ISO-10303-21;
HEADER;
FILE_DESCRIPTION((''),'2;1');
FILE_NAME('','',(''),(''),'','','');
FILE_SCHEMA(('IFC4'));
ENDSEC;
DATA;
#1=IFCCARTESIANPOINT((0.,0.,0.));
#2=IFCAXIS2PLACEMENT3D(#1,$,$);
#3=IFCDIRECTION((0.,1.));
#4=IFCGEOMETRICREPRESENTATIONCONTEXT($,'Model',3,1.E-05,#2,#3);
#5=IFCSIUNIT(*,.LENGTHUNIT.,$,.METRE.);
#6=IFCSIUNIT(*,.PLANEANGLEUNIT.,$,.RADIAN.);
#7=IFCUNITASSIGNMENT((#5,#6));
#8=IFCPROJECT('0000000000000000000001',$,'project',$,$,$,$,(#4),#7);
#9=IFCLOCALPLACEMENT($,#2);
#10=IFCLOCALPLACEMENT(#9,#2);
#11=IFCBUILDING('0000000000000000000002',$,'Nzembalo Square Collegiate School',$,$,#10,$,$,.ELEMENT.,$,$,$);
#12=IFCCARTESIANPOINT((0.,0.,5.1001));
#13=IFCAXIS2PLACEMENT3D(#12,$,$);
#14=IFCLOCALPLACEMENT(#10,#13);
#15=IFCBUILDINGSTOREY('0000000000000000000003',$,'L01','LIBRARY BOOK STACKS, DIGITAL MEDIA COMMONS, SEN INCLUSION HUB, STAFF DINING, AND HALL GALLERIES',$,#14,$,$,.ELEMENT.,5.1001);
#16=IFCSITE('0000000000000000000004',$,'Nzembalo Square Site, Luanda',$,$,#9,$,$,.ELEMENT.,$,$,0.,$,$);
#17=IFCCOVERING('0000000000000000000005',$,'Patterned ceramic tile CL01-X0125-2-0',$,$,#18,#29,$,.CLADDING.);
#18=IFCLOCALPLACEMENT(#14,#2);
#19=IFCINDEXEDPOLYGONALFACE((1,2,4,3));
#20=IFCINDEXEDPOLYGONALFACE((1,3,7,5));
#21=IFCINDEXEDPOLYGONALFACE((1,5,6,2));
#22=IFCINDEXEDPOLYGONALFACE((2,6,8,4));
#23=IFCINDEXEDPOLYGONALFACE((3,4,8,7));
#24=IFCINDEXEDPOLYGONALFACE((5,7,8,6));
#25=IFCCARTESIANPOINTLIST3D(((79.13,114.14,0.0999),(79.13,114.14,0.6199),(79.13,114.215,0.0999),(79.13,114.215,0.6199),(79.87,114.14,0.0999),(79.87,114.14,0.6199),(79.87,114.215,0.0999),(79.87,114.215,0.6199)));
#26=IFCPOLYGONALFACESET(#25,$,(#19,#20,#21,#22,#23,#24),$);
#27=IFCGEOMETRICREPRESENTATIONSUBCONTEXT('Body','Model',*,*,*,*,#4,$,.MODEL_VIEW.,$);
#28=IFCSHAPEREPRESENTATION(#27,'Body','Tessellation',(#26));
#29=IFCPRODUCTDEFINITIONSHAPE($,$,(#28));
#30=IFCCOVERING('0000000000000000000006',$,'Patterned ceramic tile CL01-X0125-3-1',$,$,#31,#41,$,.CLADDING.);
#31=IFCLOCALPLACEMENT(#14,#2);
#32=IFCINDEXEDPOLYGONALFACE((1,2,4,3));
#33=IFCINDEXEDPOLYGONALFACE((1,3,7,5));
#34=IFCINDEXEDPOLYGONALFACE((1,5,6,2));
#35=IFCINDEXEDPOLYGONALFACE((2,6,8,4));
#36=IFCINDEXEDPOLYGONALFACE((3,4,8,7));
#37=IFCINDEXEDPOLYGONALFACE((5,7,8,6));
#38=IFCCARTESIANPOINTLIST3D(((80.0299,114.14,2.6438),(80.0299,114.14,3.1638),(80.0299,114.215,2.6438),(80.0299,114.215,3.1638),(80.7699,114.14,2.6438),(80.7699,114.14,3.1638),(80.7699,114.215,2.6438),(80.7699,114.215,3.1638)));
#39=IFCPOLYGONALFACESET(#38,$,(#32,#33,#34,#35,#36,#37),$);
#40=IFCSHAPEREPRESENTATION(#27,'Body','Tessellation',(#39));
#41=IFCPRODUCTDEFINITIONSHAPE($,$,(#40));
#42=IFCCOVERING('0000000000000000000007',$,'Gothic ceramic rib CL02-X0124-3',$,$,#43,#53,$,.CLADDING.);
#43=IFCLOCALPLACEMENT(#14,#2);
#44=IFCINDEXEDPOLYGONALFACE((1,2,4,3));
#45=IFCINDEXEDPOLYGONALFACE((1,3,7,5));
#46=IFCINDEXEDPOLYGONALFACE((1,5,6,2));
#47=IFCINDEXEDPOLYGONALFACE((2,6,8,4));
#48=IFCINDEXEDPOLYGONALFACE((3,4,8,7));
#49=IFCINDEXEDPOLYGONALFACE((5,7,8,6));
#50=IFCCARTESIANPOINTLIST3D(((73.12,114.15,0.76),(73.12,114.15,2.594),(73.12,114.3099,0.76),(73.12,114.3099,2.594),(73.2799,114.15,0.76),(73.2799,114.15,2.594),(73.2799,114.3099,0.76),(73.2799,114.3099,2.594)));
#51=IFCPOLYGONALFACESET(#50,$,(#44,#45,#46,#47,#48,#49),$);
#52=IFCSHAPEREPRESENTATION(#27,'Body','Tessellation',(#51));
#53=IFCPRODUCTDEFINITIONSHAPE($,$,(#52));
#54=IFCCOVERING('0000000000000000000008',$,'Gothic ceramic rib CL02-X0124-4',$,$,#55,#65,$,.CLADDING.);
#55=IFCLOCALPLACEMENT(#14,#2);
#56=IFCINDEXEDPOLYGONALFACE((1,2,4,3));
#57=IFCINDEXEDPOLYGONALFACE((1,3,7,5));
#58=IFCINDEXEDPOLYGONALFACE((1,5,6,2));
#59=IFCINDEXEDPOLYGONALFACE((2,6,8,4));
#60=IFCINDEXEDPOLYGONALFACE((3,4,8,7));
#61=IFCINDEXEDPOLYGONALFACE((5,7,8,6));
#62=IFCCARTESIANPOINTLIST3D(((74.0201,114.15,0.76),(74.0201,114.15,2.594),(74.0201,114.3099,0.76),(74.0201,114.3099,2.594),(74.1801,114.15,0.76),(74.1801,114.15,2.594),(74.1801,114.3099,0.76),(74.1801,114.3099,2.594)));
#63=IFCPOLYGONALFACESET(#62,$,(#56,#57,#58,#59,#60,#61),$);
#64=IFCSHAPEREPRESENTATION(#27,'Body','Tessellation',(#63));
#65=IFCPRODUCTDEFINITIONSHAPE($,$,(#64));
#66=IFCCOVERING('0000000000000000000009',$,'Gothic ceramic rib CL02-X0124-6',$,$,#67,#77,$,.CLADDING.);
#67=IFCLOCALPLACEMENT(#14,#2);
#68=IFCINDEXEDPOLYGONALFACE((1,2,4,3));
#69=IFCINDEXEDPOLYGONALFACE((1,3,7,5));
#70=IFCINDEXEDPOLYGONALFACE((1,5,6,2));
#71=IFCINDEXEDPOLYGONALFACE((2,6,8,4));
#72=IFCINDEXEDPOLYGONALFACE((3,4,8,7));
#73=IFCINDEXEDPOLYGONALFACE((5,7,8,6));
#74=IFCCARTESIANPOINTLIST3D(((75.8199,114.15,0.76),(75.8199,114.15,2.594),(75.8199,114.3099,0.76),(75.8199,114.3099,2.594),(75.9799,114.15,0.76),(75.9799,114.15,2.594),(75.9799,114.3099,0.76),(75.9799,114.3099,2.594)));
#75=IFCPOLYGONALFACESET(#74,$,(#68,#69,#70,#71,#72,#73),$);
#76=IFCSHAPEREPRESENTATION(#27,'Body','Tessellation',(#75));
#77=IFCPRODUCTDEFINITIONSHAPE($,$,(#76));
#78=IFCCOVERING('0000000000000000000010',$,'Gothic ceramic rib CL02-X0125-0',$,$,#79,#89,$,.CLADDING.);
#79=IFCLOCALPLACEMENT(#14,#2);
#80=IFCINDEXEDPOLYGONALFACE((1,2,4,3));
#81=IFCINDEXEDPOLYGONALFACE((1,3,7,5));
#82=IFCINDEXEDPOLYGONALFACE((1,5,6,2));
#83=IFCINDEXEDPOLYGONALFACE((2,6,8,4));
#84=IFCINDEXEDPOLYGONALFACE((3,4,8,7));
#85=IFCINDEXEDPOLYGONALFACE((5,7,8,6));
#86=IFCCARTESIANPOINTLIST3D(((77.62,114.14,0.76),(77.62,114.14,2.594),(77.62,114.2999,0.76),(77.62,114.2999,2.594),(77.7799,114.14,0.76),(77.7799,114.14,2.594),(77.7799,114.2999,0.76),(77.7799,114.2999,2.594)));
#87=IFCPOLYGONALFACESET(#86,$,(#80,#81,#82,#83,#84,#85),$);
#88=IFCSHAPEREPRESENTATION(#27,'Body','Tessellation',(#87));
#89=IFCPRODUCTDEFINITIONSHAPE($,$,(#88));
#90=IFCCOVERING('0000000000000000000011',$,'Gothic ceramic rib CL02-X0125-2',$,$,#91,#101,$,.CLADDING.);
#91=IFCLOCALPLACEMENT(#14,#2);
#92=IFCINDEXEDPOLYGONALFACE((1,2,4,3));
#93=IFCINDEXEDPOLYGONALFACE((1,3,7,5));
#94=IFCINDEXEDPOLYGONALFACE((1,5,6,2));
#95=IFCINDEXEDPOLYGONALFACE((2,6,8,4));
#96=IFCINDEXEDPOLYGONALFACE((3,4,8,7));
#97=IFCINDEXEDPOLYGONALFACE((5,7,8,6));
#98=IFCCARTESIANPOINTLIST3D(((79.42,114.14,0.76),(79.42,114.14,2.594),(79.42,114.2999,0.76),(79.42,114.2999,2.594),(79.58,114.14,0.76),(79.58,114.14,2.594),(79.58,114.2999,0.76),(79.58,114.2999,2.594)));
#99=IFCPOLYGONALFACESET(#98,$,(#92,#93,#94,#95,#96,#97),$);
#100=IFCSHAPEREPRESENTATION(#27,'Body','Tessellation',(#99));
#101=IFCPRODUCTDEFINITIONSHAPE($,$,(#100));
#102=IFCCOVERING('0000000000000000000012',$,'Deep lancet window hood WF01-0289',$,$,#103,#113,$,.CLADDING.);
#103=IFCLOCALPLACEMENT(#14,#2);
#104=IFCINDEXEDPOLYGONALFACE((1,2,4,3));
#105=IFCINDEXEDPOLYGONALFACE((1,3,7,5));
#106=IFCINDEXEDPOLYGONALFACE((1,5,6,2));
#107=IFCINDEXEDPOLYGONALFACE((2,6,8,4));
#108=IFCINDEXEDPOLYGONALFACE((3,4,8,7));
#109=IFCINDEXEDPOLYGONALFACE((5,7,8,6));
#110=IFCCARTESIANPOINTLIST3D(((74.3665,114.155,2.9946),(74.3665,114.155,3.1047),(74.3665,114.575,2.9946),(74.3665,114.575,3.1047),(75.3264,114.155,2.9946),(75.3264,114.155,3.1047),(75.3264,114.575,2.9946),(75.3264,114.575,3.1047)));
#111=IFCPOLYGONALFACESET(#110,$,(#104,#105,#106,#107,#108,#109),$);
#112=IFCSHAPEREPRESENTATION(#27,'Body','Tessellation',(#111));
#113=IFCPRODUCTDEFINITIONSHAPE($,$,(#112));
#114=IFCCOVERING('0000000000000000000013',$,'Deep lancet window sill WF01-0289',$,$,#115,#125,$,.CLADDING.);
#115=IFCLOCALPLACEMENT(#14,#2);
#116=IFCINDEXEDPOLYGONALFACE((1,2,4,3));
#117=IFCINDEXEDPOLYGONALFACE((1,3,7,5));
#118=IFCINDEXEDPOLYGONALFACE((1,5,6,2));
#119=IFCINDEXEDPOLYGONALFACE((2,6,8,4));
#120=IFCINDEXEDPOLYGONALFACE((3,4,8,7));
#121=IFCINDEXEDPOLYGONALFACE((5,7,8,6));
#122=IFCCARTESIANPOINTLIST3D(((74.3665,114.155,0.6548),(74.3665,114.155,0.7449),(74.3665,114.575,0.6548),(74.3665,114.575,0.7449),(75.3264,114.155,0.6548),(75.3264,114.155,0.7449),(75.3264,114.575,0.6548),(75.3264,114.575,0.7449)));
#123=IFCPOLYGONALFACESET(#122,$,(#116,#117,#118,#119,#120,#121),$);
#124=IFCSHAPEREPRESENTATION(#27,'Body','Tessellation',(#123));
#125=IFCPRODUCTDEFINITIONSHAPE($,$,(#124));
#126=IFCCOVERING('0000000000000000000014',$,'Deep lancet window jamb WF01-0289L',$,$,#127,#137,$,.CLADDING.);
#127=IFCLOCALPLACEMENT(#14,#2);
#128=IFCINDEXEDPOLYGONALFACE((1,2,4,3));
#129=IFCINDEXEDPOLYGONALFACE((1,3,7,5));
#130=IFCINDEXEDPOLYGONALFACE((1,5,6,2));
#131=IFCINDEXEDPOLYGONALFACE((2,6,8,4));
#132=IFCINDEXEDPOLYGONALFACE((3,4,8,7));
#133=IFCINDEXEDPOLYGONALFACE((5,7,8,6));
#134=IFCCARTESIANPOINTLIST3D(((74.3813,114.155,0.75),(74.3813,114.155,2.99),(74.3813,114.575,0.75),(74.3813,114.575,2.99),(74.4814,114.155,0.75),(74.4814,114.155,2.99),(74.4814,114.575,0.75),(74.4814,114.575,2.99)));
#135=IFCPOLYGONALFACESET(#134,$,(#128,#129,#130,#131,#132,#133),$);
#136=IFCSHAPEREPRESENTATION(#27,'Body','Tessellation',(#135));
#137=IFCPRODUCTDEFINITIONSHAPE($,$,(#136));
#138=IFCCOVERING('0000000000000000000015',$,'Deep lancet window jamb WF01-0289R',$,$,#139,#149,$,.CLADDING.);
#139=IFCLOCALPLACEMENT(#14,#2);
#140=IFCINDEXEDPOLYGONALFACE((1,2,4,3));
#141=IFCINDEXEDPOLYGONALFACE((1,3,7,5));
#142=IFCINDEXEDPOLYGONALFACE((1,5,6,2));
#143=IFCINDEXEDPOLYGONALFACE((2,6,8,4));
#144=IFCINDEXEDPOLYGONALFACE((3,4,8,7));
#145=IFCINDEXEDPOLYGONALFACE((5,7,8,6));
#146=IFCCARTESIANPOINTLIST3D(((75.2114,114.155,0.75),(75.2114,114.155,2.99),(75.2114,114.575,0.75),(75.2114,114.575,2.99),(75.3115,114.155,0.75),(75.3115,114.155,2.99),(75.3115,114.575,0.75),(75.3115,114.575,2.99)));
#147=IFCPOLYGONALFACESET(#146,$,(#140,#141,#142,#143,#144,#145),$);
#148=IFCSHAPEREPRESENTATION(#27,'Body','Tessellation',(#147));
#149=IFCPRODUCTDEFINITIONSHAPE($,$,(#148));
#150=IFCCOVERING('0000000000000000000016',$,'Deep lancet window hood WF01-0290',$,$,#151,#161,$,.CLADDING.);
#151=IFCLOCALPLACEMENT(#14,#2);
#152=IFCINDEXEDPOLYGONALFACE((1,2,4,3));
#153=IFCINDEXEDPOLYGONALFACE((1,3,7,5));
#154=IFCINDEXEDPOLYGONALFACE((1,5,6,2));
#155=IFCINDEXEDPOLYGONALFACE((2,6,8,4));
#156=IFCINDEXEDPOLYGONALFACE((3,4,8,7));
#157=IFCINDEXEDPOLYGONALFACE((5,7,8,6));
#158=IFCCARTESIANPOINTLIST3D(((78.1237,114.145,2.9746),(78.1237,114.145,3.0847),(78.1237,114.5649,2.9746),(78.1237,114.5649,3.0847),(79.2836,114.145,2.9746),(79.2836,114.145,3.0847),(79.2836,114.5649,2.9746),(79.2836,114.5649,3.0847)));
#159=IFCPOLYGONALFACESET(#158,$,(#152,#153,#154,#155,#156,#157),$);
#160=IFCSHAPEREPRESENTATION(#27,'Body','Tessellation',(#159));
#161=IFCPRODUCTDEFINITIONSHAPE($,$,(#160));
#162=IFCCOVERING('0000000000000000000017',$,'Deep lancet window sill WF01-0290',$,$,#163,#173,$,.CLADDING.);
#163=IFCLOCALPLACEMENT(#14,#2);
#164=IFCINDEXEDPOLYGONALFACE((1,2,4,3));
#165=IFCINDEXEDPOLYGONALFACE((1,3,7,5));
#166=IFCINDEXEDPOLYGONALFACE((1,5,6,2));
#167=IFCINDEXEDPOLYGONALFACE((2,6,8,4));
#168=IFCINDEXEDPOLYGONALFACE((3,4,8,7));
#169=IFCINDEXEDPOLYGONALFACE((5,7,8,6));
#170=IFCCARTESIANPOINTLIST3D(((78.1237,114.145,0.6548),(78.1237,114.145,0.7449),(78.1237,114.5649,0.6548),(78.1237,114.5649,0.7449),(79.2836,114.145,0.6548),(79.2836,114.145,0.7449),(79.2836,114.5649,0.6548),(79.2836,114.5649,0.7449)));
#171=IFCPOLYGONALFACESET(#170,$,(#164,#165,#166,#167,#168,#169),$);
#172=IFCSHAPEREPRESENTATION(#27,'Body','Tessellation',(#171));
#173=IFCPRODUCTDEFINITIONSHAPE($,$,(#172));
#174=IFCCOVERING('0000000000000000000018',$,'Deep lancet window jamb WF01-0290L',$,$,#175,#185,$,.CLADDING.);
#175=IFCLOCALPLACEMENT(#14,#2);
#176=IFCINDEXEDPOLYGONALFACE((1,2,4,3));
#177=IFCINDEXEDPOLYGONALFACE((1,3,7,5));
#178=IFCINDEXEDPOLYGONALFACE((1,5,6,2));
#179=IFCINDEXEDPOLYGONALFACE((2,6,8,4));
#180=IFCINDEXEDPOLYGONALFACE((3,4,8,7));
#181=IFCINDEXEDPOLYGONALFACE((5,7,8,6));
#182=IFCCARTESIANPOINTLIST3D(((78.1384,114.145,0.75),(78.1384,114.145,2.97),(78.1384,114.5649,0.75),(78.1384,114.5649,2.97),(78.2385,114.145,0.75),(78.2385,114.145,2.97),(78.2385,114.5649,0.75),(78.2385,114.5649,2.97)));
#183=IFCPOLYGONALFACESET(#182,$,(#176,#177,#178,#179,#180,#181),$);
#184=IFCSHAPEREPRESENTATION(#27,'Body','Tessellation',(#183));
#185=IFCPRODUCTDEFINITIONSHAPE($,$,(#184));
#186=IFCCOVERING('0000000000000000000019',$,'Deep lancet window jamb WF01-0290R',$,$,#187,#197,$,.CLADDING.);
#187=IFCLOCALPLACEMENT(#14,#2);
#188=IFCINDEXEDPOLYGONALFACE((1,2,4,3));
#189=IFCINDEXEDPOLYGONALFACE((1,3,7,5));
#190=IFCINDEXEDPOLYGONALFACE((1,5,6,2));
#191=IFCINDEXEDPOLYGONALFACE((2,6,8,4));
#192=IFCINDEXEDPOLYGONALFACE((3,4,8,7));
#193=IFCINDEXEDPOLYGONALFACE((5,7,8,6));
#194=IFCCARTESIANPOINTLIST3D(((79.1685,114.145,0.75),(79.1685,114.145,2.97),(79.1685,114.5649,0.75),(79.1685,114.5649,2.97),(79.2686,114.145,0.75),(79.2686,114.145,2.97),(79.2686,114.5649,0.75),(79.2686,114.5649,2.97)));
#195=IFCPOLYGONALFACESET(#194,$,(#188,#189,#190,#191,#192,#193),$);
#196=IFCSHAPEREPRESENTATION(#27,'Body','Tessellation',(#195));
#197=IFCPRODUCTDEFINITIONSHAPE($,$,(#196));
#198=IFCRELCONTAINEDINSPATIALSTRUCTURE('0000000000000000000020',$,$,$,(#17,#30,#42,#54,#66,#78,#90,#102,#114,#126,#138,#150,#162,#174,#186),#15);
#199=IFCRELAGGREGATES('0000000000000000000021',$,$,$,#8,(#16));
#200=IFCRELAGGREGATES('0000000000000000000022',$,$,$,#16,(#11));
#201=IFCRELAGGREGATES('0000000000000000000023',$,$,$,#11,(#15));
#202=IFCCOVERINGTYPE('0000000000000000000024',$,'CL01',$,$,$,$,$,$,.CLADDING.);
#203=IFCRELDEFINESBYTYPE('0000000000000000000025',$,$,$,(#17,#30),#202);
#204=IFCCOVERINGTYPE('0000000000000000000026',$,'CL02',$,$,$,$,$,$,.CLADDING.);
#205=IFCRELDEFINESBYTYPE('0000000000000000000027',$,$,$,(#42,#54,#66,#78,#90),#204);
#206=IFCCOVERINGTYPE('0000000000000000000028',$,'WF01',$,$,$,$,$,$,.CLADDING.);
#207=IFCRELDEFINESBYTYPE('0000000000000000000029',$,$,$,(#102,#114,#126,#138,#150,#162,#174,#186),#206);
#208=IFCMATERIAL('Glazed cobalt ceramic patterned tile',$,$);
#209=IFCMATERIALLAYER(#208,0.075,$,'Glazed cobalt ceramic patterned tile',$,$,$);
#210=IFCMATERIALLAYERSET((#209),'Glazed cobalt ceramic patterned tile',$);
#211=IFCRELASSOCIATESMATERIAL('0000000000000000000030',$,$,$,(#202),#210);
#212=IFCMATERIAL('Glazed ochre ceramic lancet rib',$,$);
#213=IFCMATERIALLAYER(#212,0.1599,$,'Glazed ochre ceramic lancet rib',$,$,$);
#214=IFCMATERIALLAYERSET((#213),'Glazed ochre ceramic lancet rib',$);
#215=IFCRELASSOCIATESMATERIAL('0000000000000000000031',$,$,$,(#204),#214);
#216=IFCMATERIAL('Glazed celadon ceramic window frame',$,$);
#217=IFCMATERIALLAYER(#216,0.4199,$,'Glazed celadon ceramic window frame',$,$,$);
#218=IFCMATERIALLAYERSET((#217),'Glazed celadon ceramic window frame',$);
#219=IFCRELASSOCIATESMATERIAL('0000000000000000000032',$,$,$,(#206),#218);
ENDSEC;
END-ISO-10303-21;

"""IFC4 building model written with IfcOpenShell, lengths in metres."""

from ifc_helpers import new_model, si_unit, direction, frame, origin, origin_2d, place, context, subcontext, project, spatial, rectangle, extrude, material, layer, layer_set, type_object, element, save


model = new_model("IFC4")

# Units and contexts
model_context = context("Model", 3, precision=1e-05, world=origin(), true_north=direction((0.0, 1.0)))
body_context = subcontext(model_context, "Body", "Model", "MODEL_VIEW")
ifc_project = project(units=[si_unit("LENGTHUNIT", "METRE"), si_unit("PLANEANGLEUNIT", "RADIAN")], contexts=[model_context])

# Site, building, storey
site_placement = place(None, origin())
site = spatial("IfcSite", under=ifc_project, at=site_placement, Name="Nzembalo Square Site, Luanda", CompositionType="ELEMENT", RefElevation=0.0)
building_placement = place(site_placement, origin())
building = spatial("IfcBuilding", under=site, at=building_placement, Name="Nzembalo Square Collegiate School", CompositionType="ELEMENT")
storey_placement = place(building_placement, frame((0.0, 0.0, 5.1001)))
storey = spatial("IfcBuildingStorey", under=building, at=storey_placement, Name="L01", Description="LIBRARY BOOK STACKS, DIGITAL MEDIA COMMONS, SEN INCLUSION HUB, STAFF DINING, AND HALL GALLERIES", CompositionType="ELEMENT", Elevation=5.1001)

# Coverings
ifc_material_1 = material(Name="Glazed cobalt ceramic patterned tile")
ifc_layer_1 = layer(ifc_material_1, 0.075, Name="Glazed cobalt ceramic patterned tile")
ifc_layer_set_1 = layer_set([ifc_layer_1], Name="Glazed cobalt ceramic patterned tile")
covering_type_1 = type_object("IfcCoveringType", Name="CL01", PredefinedType="CLADDING", material=ifc_layer_set_1)
for number, where, z_axis, x_axis, name in (
    (1, (79.5, 114.1775, 0.0999), (0.0, 0.0, 1.0), (1.0, 0.0, 0.0), "Patterned ceramic tile CL01-X0125-2-0"),
    (2, (80.3999, 114.1775, 2.6438), (0.0, 0.0, 1.0), (1.0, 0.0, 0.0), "Patterned ceramic tile CL01-X0125-3-1"),
):
    element("IfcCovering", number, at=place(storey_placement, frame(where, z_axis=z_axis, x_axis=x_axis)), inside=storey, type_object=covering_type_1, Name=name, PredefinedType="CLADDING", context=body_context, shape_type="SweptSolid", body=[
        extrude(rectangle(XDim=0.74, YDim=0.075, at=origin_2d()), origin(), (0.0, 0.0, 1.0), 0.52),
    ])
ifc_material_2 = material(Name="Glazed ochre ceramic lancet rib")
ifc_layer_2 = layer(ifc_material_2, 0.1599, Name="Glazed ochre ceramic lancet rib")
ifc_layer_set_2 = layer_set([ifc_layer_2], Name="Glazed ochre ceramic lancet rib")
covering_type_2 = type_object("IfcCoveringType", Name="CL02", PredefinedType="CLADDING", material=ifc_layer_set_2)
for number, where, z_axis, x_axis, name in (
    (3, (73.2, 114.23, 0.76), (0.0, 0.0, 1.0), (1.0, 0.0, 0.0), "Gothic ceramic rib CL02-X0124-3"),
    (4, (74.1001, 114.23, 0.76), (0.0, 0.0, 1.0), (1.0, 0.0, 0.0), "Gothic ceramic rib CL02-X0124-4"),
    (5, (75.8999, 114.23, 0.76), (0.0, 0.0, 1.0), (1.0, 0.0, 0.0), "Gothic ceramic rib CL02-X0124-6"),
    (6, (77.7, 114.22, 0.76), (0.0, 0.0, 1.0), (1.0, 0.0, 0.0), "Gothic ceramic rib CL02-X0125-0"),
    (7, (79.5, 114.22, 0.76), (0.0, 0.0, 1.0), (1.0, 0.0, 0.0), "Gothic ceramic rib CL02-X0125-2"),
):
    element("IfcCovering", number, at=place(storey_placement, frame(where, z_axis=z_axis, x_axis=x_axis)), inside=storey, type_object=covering_type_2, Name=name, PredefinedType="CLADDING", context=body_context, shape_type="SweptSolid", body=[
        extrude(rectangle(XDim=0.1599, YDim=0.1599, at=origin_2d()), origin(), (0.0, 0.0, 1.0), 1.834),
    ])
ifc_material_3 = material(Name="Glazed celadon ceramic window frame")
ifc_layer_3 = layer(ifc_material_3, 0.4199, Name="Glazed celadon ceramic window frame")
ifc_layer_set_3 = layer_set([ifc_layer_3], Name="Glazed celadon ceramic window frame")
covering_type_3 = type_object("IfcCoveringType", Name="WF01", PredefinedType="CLADDING", material=ifc_layer_set_3)
covering_1_placement = place(storey_placement, frame((74.8464, 114.365, 2.9946), z_axis=(0.0, 0.0, 1.0), x_axis=(1.0, 0.0, 0.0)))
element("IfcCovering", 8, at=covering_1_placement, inside=storey, type_object=covering_type_3, Name="Deep lancet window hood WF01-0289", PredefinedType="CLADDING", context=body_context, shape_type="SweptSolid", body=[
    extrude(rectangle(XDim=0.96, YDim=0.4199, at=origin_2d()), origin(), (0.0, 0.0, 1.0), 0.1101),
])
covering_2_placement = place(storey_placement, frame((74.8464, 114.365, 0.6548), z_axis=(0.0, 0.0, 1.0), x_axis=(1.0, 0.0, 0.0)))
element("IfcCovering", 9, at=covering_2_placement, inside=storey, type_object=covering_type_3, Name="Deep lancet window sill WF01-0289", PredefinedType="CLADDING", context=body_context, shape_type="SweptSolid", body=[
    extrude(rectangle(XDim=0.96, YDim=0.4199, at=origin_2d()), origin(), (0.0, 0.0, 1.0), 0.0901),
])
for number, where, z_axis, x_axis, name in (
    (10, (74.4314, 114.365, 0.75), (0.0, 0.0, 1.0), (1.0, 0.0, 0.0), "Deep lancet window jamb WF01-0289L"),
    (11, (75.2615, 114.365, 0.75), (0.0, 0.0, 1.0), (1.0, 0.0, 0.0), "Deep lancet window jamb WF01-0289R"),
):
    element("IfcCovering", number, at=place(storey_placement, frame(where, z_axis=z_axis, x_axis=x_axis)), inside=storey, type_object=covering_type_3, Name=name, PredefinedType="CLADDING", context=body_context, shape_type="SweptSolid", body=[
        extrude(rectangle(XDim=0.1001, YDim=0.4199, at=origin_2d()), origin(), (0.0, 0.0, 1.0), 2.24),
    ])
covering_3_placement = place(storey_placement, frame((78.7036, 114.355, 2.9746), z_axis=(0.0, 0.0, 1.0), x_axis=(1.0, 0.0, 0.0)))
element("IfcCovering", 12, at=covering_3_placement, inside=storey, type_object=covering_type_3, Name="Deep lancet window hood WF01-0290", PredefinedType="CLADDING", context=body_context, shape_type="SweptSolid", body=[
    extrude(rectangle(XDim=1.1599, YDim=0.4199, at=origin_2d()), origin(), (0.0, 0.0, 1.0), 0.1101),
])
covering_4_placement = place(storey_placement, frame((78.7036, 114.355, 0.6548), z_axis=(0.0, 0.0, 1.0), x_axis=(1.0, 0.0, 0.0)))
element("IfcCovering", 13, at=covering_4_placement, inside=storey, type_object=covering_type_3, Name="Deep lancet window sill WF01-0290", PredefinedType="CLADDING", context=body_context, shape_type="SweptSolid", body=[
    extrude(rectangle(XDim=1.1599, YDim=0.4199, at=origin_2d()), origin(), (0.0, 0.0, 1.0), 0.0901),
])
for number, where, z_axis, x_axis, name in (
    (14, (78.1885, 114.355, 0.75), (0.0, 0.0, 1.0), (1.0, 0.0, 0.0), "Deep lancet window jamb WF01-0290L"),
    (15, (79.2185, 114.355, 0.75), (0.0, 0.0, 1.0), (1.0, 0.0, 0.0), "Deep lancet window jamb WF01-0290R"),
):
    element("IfcCovering", number, at=place(storey_placement, frame(where, z_axis=z_axis, x_axis=x_axis)), inside=storey, type_object=covering_type_3, Name=name, PredefinedType="CLADDING", context=body_context, shape_type="SweptSolid", body=[
        extrude(rectangle(XDim=0.1001, YDim=0.4199, at=origin_2d()), origin(), (0.0, 0.0, 1.0), 2.22),
    ])

save(model, "model.ifc")
